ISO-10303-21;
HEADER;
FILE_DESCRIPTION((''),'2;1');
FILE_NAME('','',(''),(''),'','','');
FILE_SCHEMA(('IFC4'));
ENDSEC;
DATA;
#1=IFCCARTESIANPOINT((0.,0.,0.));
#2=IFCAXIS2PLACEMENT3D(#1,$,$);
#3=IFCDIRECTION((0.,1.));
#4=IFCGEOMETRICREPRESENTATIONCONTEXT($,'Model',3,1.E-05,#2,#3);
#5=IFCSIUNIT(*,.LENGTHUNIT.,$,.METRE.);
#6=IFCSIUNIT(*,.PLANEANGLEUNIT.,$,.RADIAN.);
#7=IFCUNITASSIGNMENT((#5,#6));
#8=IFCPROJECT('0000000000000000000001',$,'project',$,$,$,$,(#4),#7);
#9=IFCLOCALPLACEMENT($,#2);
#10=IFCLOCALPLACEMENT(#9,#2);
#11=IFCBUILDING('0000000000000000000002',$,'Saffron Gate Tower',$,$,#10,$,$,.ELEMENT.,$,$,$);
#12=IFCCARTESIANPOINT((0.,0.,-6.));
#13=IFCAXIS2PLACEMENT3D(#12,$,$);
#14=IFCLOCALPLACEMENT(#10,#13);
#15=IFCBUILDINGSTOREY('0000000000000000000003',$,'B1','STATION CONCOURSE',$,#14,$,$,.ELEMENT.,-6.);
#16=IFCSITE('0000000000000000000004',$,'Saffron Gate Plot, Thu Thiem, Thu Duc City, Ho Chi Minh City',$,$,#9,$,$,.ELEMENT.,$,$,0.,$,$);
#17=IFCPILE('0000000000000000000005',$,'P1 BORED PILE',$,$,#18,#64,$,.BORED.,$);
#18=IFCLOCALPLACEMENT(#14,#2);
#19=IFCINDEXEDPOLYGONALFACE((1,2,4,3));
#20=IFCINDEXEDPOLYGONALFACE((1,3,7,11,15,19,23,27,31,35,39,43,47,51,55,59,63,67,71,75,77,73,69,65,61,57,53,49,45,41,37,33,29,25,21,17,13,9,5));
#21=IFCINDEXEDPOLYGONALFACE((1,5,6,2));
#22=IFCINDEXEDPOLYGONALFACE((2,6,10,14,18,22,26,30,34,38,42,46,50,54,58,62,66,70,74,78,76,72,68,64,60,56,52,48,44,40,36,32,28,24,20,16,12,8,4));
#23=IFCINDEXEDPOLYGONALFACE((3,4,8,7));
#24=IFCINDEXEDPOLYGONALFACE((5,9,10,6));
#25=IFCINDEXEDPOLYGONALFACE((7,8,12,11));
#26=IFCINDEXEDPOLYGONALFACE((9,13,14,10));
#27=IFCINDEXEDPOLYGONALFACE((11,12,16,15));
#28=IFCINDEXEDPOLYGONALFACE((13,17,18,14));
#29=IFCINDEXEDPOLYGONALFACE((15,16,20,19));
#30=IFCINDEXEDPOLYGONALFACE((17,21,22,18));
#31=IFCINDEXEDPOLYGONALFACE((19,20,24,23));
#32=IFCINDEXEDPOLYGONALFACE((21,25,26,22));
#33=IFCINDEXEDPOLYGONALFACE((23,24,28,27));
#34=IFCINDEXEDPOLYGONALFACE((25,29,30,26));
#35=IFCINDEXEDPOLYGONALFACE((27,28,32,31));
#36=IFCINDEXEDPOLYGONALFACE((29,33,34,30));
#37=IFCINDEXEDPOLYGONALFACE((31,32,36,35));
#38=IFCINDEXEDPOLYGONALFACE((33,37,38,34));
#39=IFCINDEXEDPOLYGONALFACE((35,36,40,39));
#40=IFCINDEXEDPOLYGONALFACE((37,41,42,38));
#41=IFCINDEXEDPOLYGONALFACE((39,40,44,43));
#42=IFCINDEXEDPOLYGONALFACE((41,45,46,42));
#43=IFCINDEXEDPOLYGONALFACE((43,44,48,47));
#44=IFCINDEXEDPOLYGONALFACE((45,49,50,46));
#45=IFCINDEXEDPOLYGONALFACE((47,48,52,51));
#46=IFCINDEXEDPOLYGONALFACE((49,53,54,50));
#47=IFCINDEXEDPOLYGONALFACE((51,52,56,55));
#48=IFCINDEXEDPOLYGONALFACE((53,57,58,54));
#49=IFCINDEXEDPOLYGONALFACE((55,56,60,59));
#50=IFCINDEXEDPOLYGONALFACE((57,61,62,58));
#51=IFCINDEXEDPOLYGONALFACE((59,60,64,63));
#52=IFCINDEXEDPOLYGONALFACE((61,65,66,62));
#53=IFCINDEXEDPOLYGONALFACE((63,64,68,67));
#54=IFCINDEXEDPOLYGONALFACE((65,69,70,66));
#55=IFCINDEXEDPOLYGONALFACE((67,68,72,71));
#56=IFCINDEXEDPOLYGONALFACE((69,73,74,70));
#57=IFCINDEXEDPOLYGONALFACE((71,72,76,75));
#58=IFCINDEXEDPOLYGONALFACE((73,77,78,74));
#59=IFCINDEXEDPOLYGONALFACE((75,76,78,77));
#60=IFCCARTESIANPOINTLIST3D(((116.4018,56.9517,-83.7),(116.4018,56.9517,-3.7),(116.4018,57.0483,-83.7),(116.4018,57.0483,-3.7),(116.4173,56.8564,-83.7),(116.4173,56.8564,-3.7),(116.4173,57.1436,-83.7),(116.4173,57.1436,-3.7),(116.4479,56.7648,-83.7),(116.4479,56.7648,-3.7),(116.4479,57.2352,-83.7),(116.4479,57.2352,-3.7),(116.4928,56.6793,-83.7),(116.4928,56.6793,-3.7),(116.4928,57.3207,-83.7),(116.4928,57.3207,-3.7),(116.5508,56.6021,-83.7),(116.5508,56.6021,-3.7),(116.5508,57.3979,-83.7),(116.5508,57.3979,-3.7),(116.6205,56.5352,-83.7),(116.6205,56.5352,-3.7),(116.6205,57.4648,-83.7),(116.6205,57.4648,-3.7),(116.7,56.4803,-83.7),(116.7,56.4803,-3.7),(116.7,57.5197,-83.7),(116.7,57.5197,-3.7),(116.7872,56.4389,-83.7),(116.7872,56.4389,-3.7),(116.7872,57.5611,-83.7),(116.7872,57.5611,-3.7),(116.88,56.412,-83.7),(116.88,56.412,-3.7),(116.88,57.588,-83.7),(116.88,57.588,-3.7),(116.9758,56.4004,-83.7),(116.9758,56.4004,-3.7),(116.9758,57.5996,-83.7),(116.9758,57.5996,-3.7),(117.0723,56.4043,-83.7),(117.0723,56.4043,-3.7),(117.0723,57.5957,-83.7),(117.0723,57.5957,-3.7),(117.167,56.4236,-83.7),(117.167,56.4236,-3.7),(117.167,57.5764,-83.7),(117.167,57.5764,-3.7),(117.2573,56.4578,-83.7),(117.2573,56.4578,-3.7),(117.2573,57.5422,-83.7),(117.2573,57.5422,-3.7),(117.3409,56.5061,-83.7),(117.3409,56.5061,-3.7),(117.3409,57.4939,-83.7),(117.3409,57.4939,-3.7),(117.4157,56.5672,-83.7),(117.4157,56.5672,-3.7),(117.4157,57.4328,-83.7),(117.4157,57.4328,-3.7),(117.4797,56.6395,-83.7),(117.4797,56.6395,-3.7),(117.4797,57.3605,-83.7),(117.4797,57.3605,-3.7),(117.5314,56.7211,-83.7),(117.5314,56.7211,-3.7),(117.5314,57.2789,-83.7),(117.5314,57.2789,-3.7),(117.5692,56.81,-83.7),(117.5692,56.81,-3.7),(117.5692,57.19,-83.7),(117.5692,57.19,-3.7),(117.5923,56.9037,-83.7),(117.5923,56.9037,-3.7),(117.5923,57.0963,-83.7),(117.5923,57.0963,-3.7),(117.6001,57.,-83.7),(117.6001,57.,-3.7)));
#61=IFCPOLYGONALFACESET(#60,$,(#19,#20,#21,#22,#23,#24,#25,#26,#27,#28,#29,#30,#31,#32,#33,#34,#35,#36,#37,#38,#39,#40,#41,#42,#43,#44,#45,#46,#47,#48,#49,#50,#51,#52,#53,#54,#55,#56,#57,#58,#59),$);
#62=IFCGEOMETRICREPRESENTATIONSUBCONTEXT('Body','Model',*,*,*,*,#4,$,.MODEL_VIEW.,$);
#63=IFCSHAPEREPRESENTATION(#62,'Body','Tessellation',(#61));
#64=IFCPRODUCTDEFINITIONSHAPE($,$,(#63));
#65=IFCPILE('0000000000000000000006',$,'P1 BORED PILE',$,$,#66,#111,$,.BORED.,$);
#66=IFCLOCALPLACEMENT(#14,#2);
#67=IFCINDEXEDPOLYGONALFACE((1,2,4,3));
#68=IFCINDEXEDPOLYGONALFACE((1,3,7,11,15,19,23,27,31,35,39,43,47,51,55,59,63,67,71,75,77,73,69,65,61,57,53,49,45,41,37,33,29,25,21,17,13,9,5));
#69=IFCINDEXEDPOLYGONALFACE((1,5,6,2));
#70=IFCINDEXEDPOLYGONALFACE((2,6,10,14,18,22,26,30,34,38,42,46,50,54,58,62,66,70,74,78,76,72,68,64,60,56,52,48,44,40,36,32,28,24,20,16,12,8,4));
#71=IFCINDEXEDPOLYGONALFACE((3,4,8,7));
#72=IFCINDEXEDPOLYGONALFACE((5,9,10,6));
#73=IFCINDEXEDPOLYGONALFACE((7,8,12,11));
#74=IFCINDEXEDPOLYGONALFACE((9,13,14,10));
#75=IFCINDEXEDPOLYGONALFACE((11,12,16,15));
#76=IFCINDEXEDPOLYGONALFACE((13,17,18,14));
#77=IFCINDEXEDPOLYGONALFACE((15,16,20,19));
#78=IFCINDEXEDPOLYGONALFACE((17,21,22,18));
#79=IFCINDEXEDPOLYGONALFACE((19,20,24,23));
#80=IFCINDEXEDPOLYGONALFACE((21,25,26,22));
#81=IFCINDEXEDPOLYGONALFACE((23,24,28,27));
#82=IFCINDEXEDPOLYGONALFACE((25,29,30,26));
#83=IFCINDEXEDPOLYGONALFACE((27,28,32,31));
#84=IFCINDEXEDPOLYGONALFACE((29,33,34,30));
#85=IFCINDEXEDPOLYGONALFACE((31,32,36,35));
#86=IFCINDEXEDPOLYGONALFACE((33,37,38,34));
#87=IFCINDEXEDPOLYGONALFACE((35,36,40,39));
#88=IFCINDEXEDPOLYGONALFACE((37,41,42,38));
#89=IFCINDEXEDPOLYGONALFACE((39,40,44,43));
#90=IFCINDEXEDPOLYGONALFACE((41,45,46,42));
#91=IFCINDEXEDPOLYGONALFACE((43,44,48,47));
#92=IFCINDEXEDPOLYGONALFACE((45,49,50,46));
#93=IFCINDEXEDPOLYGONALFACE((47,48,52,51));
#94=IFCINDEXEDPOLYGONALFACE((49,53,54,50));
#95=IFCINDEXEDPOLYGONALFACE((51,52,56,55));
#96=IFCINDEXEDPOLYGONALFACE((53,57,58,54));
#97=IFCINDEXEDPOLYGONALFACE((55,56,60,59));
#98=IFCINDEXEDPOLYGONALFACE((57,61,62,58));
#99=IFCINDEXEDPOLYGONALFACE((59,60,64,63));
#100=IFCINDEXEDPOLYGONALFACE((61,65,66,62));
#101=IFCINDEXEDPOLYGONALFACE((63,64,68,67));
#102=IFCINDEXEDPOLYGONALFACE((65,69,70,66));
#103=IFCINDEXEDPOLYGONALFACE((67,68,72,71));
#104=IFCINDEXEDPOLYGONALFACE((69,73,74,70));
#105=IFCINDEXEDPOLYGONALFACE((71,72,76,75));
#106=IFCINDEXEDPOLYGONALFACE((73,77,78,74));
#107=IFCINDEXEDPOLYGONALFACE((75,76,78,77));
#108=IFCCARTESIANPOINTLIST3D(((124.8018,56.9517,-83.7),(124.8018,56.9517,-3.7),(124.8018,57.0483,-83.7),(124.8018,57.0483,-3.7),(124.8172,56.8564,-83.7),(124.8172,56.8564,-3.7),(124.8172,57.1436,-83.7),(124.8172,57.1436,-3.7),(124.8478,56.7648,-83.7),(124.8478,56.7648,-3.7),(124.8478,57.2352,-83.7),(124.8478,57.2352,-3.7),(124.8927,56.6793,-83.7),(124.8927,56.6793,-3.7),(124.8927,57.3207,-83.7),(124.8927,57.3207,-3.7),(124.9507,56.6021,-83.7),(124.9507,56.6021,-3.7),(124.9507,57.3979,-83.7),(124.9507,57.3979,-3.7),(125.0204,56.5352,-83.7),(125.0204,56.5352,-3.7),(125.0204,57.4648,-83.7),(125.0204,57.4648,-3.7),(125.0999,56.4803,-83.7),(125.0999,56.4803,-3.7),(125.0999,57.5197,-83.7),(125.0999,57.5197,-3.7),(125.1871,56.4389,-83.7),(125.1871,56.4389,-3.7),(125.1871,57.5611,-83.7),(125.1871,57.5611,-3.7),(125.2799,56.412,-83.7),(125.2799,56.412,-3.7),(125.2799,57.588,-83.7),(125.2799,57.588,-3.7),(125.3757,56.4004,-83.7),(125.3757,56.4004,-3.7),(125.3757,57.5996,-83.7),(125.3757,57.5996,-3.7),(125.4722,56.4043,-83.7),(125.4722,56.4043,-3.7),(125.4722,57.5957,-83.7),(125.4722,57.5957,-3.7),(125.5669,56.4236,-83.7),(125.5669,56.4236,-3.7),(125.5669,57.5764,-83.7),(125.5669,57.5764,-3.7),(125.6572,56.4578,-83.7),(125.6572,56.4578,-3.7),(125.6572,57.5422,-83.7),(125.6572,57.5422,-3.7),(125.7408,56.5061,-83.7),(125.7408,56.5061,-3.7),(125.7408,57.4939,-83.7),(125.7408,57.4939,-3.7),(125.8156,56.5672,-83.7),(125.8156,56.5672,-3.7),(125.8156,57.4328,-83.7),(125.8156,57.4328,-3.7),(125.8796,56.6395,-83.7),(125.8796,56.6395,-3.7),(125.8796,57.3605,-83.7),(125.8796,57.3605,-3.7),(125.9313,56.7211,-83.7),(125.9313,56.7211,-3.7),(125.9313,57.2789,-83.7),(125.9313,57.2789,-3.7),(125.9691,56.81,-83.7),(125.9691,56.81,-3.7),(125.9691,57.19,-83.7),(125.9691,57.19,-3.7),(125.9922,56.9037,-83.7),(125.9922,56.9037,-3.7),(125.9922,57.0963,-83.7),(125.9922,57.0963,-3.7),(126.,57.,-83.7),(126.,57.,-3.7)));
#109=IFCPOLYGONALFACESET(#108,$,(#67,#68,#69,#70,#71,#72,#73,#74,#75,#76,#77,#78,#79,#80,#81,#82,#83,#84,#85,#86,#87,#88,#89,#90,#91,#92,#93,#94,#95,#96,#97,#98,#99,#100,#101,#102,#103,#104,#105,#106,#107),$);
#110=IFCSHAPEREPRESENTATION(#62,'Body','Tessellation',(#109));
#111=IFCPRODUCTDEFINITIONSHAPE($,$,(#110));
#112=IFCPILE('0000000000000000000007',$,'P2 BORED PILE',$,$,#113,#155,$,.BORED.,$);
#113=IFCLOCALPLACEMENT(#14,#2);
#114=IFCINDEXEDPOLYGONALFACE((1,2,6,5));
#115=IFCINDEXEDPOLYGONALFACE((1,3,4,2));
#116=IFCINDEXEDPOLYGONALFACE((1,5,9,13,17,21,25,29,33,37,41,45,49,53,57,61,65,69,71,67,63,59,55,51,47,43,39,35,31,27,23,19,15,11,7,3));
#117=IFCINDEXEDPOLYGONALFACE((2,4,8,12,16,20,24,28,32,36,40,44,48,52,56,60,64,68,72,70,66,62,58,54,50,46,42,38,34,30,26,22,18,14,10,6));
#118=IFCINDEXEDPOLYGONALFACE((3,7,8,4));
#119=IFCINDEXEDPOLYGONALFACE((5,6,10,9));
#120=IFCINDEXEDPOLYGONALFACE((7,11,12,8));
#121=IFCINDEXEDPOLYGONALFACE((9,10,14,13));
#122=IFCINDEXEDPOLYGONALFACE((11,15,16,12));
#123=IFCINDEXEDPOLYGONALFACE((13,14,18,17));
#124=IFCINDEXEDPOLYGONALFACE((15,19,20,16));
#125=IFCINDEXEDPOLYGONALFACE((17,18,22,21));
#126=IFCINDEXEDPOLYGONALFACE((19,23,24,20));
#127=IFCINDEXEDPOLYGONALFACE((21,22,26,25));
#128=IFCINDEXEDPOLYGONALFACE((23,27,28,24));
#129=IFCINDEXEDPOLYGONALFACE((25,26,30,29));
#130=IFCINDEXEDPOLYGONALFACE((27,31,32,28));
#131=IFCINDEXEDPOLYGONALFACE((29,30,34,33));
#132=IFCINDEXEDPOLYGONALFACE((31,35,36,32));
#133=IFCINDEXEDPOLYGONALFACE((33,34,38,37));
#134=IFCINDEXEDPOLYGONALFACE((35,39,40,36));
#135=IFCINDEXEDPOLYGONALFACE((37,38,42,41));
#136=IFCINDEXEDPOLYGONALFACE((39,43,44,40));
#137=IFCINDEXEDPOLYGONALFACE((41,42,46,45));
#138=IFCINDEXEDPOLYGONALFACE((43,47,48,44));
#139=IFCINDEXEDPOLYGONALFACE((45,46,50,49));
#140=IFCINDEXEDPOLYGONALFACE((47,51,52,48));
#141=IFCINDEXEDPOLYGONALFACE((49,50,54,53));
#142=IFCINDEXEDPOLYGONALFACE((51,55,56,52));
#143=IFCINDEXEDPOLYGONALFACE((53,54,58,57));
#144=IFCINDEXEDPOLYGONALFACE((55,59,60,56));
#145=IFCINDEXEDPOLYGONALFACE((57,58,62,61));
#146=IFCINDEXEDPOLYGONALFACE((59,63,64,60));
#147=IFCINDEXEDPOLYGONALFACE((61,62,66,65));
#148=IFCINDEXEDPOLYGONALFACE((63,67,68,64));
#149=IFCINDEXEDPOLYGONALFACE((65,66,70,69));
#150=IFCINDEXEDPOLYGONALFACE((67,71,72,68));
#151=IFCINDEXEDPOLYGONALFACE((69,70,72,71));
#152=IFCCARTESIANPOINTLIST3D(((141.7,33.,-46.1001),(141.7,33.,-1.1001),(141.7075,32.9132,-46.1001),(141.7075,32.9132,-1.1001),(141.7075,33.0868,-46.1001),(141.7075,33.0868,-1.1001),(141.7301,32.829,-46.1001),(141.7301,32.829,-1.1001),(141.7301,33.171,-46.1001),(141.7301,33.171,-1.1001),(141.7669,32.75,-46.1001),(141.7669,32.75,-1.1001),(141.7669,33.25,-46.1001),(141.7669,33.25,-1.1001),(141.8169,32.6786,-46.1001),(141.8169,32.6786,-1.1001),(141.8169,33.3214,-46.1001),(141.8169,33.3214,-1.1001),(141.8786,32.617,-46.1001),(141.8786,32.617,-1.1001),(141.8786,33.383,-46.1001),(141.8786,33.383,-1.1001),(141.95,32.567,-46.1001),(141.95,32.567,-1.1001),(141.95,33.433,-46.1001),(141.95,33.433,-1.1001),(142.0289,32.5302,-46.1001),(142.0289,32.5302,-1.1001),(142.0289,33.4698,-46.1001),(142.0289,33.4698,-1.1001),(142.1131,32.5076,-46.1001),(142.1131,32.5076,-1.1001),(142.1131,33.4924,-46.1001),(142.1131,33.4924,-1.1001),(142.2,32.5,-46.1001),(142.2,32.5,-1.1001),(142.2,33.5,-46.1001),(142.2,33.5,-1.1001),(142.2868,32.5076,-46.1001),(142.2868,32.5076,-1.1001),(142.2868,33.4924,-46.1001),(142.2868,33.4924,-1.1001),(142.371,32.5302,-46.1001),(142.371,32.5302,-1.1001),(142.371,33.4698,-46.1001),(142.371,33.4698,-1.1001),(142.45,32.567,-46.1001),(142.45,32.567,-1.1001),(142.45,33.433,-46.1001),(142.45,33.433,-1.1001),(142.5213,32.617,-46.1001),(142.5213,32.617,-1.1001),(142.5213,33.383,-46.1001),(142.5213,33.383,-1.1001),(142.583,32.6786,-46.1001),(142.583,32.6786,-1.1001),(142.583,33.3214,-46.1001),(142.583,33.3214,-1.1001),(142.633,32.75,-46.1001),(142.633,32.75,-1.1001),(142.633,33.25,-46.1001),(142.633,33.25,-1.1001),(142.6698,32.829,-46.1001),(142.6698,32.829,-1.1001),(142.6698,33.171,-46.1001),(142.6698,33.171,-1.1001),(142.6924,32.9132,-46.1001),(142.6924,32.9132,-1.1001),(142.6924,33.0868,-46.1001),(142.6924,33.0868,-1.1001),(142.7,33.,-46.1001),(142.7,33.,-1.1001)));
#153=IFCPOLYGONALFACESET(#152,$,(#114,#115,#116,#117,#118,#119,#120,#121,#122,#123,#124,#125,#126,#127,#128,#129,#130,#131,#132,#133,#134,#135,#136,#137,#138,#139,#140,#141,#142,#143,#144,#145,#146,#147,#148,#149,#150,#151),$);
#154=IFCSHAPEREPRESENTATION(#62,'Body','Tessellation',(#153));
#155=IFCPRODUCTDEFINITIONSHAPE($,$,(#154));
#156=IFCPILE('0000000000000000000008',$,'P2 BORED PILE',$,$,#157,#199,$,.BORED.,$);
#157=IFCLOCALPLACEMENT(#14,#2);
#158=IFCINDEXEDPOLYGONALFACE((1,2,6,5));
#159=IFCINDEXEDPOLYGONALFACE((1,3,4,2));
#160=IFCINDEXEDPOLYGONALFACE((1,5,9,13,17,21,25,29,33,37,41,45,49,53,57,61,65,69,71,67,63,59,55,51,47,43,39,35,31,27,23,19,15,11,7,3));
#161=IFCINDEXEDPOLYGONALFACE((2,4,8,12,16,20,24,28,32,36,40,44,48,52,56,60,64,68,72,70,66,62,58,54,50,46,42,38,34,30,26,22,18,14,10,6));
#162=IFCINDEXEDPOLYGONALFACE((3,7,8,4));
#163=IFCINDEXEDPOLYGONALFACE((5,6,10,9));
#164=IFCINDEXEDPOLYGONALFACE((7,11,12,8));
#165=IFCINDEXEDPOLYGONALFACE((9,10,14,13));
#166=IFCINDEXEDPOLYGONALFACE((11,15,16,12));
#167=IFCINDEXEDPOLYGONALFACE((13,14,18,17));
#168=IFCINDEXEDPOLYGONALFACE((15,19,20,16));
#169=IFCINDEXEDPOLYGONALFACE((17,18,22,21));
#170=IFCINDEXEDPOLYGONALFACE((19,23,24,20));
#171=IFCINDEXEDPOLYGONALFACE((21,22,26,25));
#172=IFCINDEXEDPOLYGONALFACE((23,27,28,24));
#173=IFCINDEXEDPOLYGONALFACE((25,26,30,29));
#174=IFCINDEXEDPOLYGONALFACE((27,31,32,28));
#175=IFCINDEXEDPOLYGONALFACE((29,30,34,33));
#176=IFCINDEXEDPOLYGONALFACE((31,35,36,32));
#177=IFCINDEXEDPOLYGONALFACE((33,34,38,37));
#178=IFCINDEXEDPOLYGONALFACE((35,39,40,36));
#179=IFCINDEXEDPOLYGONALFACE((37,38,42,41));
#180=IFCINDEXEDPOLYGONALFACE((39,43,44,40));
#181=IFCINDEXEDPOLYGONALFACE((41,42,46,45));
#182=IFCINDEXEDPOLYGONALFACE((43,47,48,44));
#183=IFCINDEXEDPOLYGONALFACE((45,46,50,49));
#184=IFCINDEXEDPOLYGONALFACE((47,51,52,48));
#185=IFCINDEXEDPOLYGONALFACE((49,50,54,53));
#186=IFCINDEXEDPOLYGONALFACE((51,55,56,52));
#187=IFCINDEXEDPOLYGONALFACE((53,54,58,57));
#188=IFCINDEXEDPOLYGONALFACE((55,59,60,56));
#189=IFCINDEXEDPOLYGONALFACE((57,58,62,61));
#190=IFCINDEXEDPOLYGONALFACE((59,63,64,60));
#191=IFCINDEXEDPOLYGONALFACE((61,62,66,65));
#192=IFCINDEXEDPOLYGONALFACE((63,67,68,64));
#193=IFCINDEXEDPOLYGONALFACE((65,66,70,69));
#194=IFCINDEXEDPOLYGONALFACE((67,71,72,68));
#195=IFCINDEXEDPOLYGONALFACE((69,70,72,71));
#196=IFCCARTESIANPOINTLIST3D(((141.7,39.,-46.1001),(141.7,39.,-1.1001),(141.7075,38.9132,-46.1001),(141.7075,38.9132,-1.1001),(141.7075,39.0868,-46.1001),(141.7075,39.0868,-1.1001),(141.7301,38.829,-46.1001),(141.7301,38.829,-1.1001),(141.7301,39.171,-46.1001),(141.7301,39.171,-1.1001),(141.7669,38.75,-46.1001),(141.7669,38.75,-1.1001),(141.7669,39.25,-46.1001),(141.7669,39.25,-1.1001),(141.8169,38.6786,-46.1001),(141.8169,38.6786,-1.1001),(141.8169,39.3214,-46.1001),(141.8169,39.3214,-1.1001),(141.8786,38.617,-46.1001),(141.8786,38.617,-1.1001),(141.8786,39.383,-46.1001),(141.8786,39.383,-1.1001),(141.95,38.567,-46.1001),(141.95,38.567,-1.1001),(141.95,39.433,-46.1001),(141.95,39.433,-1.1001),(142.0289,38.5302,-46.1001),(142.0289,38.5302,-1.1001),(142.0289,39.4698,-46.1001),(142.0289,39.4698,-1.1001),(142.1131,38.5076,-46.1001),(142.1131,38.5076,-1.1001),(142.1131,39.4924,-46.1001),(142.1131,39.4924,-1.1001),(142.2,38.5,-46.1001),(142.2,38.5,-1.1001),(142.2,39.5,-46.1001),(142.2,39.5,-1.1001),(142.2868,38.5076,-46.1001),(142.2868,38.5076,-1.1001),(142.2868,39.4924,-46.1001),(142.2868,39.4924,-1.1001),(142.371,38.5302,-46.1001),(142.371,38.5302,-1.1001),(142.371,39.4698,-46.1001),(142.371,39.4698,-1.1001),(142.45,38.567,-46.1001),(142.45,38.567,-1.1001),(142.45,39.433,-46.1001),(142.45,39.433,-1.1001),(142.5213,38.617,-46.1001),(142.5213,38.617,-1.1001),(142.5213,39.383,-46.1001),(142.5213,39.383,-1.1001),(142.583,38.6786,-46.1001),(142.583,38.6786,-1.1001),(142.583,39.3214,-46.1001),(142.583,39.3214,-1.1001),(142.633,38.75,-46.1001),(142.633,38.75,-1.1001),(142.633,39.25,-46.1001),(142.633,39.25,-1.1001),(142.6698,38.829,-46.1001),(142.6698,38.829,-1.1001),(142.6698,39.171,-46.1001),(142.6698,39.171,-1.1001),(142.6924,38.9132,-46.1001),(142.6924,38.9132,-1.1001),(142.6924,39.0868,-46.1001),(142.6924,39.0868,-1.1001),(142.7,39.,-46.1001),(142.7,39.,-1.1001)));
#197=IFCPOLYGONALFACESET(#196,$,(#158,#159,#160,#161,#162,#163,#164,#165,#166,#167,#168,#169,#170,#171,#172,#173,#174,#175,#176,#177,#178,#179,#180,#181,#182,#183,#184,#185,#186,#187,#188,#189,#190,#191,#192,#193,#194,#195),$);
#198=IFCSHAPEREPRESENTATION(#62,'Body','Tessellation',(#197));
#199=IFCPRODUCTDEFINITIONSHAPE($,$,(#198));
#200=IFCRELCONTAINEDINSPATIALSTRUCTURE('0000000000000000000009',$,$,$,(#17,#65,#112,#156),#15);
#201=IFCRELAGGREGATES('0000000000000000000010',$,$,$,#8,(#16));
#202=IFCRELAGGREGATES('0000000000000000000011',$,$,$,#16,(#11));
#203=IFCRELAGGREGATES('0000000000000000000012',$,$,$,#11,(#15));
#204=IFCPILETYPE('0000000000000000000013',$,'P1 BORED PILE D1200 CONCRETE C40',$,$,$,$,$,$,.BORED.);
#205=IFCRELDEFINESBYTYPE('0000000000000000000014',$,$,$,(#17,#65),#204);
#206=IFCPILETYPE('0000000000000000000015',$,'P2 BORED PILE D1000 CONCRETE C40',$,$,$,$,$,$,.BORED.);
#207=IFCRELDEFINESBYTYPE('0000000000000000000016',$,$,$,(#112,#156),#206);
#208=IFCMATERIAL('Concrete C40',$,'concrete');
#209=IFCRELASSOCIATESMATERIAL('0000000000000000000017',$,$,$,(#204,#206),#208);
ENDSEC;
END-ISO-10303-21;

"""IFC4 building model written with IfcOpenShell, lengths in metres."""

from ifc_helpers import new_model, si_unit, direction, frame, origin, origin_2d, place, context, subcontext, project, spatial, circle, extrude, material, material_profile, profile_set, type_object, element, save


model = new_model("IFC4")

# Units and contexts
model_context = context("Model", 3, precision=1e-05, world=origin(), true_north=direction((0.0, 1.0)))
body_context = subcontext(model_context, "Body", "Model", "MODEL_VIEW")
ifc_project = project(units=[si_unit("LENGTHUNIT", "METRE"), si_unit("PLANEANGLEUNIT", "RADIAN")], contexts=[model_context])

# Site, building, storey
site_placement = place(None, origin())
site = spatial("IfcSite", under=ifc_project, at=site_placement, Name="Saffron Gate Plot, Thu Thiem, Thu Duc City, Ho Chi Minh City", CompositionType="ELEMENT", RefElevation=0.0)
building_placement = place(site_placement, origin())
building = spatial("IfcBuilding", under=site, at=building_placement, Name="Saffron Gate Tower", CompositionType="ELEMENT")
storey_placement = place(building_placement, frame((0.0, 0.0, -6.0)))
storey = spatial("IfcBuildingStorey", under=building, at=storey_placement, Name="B1", Description="STATION CONCOURSE", CompositionType="ELEMENT", Elevation=-6.0)

# Piles
ifc_material_1 = material(Name="Concrete C40", Category="concrete")
ifc_material_profile_1 = material_profile(ifc_material_1, circle(Radius=0.6001, at=origin_2d()))
ifc_profile_set_1 = profile_set([ifc_material_profile_1], Name="Concrete C40")
pile_type_1 = type_object("IfcPileType", Name="P1 BORED PILE D1200 CONCRETE C40", PredefinedType="BORED", material=ifc_profile_set_1)
for number, where, z_axis, x_axis, name in (
    (1, (117.0, 57.0, -3.7), (0.0, 0.0, -1.0), (1.0, 0.0, 0.0), "P1 BORED PILE"),
    (2, (125.3999, 57.0, -3.7), (0.0, 0.0, -1.0), (1.0, 0.0, 0.0), "P1 BORED PILE"),
):
    element("IfcPile", number, at=place(storey_placement, frame(where, z_axis=z_axis, x_axis=x_axis)), inside=storey, type_object=pile_type_1, Name=name, PredefinedType="BORED", context=body_context, shape_type="SweptSolid", body=[
        extrude(circle(Radius=0.6001, at=origin_2d()), origin(), (0.0, 0.0, 1.0), 80.0),
    ])
ifc_material_profile_2 = material_profile(ifc_material_1, circle(Radius=0.5, at=origin_2d()))
ifc_profile_set_2 = profile_set([ifc_material_profile_2], Name="Concrete C40")
pile_type_2 = type_object("IfcPileType", Name="P2 BORED PILE D1000 CONCRETE C40", PredefinedType="BORED", material=ifc_profile_set_2)
for number, where, z_axis, x_axis, name in (
    (3, (142.2, 33.0, -1.1001), (0.0, 0.0, -1.0), (1.0, 0.0, 0.0), "P2 BORED PILE"),
    (4, (142.2, 39.0, -1.1001), (0.0, 0.0, -1.0), (1.0, 0.0, 0.0), "P2 BORED PILE"),
):
    element("IfcPile", number, at=place(storey_placement, frame(where, z_axis=z_axis, x_axis=x_axis)), inside=storey, type_object=pile_type_2, Name=name, PredefinedType="BORED", context=body_context, shape_type="SweptSolid", body=[
        extrude(circle(Radius=0.5, at=origin_2d()), origin(), (0.0, 0.0, 1.0), 45.0),
    ])

save(model, "model.ifc")
